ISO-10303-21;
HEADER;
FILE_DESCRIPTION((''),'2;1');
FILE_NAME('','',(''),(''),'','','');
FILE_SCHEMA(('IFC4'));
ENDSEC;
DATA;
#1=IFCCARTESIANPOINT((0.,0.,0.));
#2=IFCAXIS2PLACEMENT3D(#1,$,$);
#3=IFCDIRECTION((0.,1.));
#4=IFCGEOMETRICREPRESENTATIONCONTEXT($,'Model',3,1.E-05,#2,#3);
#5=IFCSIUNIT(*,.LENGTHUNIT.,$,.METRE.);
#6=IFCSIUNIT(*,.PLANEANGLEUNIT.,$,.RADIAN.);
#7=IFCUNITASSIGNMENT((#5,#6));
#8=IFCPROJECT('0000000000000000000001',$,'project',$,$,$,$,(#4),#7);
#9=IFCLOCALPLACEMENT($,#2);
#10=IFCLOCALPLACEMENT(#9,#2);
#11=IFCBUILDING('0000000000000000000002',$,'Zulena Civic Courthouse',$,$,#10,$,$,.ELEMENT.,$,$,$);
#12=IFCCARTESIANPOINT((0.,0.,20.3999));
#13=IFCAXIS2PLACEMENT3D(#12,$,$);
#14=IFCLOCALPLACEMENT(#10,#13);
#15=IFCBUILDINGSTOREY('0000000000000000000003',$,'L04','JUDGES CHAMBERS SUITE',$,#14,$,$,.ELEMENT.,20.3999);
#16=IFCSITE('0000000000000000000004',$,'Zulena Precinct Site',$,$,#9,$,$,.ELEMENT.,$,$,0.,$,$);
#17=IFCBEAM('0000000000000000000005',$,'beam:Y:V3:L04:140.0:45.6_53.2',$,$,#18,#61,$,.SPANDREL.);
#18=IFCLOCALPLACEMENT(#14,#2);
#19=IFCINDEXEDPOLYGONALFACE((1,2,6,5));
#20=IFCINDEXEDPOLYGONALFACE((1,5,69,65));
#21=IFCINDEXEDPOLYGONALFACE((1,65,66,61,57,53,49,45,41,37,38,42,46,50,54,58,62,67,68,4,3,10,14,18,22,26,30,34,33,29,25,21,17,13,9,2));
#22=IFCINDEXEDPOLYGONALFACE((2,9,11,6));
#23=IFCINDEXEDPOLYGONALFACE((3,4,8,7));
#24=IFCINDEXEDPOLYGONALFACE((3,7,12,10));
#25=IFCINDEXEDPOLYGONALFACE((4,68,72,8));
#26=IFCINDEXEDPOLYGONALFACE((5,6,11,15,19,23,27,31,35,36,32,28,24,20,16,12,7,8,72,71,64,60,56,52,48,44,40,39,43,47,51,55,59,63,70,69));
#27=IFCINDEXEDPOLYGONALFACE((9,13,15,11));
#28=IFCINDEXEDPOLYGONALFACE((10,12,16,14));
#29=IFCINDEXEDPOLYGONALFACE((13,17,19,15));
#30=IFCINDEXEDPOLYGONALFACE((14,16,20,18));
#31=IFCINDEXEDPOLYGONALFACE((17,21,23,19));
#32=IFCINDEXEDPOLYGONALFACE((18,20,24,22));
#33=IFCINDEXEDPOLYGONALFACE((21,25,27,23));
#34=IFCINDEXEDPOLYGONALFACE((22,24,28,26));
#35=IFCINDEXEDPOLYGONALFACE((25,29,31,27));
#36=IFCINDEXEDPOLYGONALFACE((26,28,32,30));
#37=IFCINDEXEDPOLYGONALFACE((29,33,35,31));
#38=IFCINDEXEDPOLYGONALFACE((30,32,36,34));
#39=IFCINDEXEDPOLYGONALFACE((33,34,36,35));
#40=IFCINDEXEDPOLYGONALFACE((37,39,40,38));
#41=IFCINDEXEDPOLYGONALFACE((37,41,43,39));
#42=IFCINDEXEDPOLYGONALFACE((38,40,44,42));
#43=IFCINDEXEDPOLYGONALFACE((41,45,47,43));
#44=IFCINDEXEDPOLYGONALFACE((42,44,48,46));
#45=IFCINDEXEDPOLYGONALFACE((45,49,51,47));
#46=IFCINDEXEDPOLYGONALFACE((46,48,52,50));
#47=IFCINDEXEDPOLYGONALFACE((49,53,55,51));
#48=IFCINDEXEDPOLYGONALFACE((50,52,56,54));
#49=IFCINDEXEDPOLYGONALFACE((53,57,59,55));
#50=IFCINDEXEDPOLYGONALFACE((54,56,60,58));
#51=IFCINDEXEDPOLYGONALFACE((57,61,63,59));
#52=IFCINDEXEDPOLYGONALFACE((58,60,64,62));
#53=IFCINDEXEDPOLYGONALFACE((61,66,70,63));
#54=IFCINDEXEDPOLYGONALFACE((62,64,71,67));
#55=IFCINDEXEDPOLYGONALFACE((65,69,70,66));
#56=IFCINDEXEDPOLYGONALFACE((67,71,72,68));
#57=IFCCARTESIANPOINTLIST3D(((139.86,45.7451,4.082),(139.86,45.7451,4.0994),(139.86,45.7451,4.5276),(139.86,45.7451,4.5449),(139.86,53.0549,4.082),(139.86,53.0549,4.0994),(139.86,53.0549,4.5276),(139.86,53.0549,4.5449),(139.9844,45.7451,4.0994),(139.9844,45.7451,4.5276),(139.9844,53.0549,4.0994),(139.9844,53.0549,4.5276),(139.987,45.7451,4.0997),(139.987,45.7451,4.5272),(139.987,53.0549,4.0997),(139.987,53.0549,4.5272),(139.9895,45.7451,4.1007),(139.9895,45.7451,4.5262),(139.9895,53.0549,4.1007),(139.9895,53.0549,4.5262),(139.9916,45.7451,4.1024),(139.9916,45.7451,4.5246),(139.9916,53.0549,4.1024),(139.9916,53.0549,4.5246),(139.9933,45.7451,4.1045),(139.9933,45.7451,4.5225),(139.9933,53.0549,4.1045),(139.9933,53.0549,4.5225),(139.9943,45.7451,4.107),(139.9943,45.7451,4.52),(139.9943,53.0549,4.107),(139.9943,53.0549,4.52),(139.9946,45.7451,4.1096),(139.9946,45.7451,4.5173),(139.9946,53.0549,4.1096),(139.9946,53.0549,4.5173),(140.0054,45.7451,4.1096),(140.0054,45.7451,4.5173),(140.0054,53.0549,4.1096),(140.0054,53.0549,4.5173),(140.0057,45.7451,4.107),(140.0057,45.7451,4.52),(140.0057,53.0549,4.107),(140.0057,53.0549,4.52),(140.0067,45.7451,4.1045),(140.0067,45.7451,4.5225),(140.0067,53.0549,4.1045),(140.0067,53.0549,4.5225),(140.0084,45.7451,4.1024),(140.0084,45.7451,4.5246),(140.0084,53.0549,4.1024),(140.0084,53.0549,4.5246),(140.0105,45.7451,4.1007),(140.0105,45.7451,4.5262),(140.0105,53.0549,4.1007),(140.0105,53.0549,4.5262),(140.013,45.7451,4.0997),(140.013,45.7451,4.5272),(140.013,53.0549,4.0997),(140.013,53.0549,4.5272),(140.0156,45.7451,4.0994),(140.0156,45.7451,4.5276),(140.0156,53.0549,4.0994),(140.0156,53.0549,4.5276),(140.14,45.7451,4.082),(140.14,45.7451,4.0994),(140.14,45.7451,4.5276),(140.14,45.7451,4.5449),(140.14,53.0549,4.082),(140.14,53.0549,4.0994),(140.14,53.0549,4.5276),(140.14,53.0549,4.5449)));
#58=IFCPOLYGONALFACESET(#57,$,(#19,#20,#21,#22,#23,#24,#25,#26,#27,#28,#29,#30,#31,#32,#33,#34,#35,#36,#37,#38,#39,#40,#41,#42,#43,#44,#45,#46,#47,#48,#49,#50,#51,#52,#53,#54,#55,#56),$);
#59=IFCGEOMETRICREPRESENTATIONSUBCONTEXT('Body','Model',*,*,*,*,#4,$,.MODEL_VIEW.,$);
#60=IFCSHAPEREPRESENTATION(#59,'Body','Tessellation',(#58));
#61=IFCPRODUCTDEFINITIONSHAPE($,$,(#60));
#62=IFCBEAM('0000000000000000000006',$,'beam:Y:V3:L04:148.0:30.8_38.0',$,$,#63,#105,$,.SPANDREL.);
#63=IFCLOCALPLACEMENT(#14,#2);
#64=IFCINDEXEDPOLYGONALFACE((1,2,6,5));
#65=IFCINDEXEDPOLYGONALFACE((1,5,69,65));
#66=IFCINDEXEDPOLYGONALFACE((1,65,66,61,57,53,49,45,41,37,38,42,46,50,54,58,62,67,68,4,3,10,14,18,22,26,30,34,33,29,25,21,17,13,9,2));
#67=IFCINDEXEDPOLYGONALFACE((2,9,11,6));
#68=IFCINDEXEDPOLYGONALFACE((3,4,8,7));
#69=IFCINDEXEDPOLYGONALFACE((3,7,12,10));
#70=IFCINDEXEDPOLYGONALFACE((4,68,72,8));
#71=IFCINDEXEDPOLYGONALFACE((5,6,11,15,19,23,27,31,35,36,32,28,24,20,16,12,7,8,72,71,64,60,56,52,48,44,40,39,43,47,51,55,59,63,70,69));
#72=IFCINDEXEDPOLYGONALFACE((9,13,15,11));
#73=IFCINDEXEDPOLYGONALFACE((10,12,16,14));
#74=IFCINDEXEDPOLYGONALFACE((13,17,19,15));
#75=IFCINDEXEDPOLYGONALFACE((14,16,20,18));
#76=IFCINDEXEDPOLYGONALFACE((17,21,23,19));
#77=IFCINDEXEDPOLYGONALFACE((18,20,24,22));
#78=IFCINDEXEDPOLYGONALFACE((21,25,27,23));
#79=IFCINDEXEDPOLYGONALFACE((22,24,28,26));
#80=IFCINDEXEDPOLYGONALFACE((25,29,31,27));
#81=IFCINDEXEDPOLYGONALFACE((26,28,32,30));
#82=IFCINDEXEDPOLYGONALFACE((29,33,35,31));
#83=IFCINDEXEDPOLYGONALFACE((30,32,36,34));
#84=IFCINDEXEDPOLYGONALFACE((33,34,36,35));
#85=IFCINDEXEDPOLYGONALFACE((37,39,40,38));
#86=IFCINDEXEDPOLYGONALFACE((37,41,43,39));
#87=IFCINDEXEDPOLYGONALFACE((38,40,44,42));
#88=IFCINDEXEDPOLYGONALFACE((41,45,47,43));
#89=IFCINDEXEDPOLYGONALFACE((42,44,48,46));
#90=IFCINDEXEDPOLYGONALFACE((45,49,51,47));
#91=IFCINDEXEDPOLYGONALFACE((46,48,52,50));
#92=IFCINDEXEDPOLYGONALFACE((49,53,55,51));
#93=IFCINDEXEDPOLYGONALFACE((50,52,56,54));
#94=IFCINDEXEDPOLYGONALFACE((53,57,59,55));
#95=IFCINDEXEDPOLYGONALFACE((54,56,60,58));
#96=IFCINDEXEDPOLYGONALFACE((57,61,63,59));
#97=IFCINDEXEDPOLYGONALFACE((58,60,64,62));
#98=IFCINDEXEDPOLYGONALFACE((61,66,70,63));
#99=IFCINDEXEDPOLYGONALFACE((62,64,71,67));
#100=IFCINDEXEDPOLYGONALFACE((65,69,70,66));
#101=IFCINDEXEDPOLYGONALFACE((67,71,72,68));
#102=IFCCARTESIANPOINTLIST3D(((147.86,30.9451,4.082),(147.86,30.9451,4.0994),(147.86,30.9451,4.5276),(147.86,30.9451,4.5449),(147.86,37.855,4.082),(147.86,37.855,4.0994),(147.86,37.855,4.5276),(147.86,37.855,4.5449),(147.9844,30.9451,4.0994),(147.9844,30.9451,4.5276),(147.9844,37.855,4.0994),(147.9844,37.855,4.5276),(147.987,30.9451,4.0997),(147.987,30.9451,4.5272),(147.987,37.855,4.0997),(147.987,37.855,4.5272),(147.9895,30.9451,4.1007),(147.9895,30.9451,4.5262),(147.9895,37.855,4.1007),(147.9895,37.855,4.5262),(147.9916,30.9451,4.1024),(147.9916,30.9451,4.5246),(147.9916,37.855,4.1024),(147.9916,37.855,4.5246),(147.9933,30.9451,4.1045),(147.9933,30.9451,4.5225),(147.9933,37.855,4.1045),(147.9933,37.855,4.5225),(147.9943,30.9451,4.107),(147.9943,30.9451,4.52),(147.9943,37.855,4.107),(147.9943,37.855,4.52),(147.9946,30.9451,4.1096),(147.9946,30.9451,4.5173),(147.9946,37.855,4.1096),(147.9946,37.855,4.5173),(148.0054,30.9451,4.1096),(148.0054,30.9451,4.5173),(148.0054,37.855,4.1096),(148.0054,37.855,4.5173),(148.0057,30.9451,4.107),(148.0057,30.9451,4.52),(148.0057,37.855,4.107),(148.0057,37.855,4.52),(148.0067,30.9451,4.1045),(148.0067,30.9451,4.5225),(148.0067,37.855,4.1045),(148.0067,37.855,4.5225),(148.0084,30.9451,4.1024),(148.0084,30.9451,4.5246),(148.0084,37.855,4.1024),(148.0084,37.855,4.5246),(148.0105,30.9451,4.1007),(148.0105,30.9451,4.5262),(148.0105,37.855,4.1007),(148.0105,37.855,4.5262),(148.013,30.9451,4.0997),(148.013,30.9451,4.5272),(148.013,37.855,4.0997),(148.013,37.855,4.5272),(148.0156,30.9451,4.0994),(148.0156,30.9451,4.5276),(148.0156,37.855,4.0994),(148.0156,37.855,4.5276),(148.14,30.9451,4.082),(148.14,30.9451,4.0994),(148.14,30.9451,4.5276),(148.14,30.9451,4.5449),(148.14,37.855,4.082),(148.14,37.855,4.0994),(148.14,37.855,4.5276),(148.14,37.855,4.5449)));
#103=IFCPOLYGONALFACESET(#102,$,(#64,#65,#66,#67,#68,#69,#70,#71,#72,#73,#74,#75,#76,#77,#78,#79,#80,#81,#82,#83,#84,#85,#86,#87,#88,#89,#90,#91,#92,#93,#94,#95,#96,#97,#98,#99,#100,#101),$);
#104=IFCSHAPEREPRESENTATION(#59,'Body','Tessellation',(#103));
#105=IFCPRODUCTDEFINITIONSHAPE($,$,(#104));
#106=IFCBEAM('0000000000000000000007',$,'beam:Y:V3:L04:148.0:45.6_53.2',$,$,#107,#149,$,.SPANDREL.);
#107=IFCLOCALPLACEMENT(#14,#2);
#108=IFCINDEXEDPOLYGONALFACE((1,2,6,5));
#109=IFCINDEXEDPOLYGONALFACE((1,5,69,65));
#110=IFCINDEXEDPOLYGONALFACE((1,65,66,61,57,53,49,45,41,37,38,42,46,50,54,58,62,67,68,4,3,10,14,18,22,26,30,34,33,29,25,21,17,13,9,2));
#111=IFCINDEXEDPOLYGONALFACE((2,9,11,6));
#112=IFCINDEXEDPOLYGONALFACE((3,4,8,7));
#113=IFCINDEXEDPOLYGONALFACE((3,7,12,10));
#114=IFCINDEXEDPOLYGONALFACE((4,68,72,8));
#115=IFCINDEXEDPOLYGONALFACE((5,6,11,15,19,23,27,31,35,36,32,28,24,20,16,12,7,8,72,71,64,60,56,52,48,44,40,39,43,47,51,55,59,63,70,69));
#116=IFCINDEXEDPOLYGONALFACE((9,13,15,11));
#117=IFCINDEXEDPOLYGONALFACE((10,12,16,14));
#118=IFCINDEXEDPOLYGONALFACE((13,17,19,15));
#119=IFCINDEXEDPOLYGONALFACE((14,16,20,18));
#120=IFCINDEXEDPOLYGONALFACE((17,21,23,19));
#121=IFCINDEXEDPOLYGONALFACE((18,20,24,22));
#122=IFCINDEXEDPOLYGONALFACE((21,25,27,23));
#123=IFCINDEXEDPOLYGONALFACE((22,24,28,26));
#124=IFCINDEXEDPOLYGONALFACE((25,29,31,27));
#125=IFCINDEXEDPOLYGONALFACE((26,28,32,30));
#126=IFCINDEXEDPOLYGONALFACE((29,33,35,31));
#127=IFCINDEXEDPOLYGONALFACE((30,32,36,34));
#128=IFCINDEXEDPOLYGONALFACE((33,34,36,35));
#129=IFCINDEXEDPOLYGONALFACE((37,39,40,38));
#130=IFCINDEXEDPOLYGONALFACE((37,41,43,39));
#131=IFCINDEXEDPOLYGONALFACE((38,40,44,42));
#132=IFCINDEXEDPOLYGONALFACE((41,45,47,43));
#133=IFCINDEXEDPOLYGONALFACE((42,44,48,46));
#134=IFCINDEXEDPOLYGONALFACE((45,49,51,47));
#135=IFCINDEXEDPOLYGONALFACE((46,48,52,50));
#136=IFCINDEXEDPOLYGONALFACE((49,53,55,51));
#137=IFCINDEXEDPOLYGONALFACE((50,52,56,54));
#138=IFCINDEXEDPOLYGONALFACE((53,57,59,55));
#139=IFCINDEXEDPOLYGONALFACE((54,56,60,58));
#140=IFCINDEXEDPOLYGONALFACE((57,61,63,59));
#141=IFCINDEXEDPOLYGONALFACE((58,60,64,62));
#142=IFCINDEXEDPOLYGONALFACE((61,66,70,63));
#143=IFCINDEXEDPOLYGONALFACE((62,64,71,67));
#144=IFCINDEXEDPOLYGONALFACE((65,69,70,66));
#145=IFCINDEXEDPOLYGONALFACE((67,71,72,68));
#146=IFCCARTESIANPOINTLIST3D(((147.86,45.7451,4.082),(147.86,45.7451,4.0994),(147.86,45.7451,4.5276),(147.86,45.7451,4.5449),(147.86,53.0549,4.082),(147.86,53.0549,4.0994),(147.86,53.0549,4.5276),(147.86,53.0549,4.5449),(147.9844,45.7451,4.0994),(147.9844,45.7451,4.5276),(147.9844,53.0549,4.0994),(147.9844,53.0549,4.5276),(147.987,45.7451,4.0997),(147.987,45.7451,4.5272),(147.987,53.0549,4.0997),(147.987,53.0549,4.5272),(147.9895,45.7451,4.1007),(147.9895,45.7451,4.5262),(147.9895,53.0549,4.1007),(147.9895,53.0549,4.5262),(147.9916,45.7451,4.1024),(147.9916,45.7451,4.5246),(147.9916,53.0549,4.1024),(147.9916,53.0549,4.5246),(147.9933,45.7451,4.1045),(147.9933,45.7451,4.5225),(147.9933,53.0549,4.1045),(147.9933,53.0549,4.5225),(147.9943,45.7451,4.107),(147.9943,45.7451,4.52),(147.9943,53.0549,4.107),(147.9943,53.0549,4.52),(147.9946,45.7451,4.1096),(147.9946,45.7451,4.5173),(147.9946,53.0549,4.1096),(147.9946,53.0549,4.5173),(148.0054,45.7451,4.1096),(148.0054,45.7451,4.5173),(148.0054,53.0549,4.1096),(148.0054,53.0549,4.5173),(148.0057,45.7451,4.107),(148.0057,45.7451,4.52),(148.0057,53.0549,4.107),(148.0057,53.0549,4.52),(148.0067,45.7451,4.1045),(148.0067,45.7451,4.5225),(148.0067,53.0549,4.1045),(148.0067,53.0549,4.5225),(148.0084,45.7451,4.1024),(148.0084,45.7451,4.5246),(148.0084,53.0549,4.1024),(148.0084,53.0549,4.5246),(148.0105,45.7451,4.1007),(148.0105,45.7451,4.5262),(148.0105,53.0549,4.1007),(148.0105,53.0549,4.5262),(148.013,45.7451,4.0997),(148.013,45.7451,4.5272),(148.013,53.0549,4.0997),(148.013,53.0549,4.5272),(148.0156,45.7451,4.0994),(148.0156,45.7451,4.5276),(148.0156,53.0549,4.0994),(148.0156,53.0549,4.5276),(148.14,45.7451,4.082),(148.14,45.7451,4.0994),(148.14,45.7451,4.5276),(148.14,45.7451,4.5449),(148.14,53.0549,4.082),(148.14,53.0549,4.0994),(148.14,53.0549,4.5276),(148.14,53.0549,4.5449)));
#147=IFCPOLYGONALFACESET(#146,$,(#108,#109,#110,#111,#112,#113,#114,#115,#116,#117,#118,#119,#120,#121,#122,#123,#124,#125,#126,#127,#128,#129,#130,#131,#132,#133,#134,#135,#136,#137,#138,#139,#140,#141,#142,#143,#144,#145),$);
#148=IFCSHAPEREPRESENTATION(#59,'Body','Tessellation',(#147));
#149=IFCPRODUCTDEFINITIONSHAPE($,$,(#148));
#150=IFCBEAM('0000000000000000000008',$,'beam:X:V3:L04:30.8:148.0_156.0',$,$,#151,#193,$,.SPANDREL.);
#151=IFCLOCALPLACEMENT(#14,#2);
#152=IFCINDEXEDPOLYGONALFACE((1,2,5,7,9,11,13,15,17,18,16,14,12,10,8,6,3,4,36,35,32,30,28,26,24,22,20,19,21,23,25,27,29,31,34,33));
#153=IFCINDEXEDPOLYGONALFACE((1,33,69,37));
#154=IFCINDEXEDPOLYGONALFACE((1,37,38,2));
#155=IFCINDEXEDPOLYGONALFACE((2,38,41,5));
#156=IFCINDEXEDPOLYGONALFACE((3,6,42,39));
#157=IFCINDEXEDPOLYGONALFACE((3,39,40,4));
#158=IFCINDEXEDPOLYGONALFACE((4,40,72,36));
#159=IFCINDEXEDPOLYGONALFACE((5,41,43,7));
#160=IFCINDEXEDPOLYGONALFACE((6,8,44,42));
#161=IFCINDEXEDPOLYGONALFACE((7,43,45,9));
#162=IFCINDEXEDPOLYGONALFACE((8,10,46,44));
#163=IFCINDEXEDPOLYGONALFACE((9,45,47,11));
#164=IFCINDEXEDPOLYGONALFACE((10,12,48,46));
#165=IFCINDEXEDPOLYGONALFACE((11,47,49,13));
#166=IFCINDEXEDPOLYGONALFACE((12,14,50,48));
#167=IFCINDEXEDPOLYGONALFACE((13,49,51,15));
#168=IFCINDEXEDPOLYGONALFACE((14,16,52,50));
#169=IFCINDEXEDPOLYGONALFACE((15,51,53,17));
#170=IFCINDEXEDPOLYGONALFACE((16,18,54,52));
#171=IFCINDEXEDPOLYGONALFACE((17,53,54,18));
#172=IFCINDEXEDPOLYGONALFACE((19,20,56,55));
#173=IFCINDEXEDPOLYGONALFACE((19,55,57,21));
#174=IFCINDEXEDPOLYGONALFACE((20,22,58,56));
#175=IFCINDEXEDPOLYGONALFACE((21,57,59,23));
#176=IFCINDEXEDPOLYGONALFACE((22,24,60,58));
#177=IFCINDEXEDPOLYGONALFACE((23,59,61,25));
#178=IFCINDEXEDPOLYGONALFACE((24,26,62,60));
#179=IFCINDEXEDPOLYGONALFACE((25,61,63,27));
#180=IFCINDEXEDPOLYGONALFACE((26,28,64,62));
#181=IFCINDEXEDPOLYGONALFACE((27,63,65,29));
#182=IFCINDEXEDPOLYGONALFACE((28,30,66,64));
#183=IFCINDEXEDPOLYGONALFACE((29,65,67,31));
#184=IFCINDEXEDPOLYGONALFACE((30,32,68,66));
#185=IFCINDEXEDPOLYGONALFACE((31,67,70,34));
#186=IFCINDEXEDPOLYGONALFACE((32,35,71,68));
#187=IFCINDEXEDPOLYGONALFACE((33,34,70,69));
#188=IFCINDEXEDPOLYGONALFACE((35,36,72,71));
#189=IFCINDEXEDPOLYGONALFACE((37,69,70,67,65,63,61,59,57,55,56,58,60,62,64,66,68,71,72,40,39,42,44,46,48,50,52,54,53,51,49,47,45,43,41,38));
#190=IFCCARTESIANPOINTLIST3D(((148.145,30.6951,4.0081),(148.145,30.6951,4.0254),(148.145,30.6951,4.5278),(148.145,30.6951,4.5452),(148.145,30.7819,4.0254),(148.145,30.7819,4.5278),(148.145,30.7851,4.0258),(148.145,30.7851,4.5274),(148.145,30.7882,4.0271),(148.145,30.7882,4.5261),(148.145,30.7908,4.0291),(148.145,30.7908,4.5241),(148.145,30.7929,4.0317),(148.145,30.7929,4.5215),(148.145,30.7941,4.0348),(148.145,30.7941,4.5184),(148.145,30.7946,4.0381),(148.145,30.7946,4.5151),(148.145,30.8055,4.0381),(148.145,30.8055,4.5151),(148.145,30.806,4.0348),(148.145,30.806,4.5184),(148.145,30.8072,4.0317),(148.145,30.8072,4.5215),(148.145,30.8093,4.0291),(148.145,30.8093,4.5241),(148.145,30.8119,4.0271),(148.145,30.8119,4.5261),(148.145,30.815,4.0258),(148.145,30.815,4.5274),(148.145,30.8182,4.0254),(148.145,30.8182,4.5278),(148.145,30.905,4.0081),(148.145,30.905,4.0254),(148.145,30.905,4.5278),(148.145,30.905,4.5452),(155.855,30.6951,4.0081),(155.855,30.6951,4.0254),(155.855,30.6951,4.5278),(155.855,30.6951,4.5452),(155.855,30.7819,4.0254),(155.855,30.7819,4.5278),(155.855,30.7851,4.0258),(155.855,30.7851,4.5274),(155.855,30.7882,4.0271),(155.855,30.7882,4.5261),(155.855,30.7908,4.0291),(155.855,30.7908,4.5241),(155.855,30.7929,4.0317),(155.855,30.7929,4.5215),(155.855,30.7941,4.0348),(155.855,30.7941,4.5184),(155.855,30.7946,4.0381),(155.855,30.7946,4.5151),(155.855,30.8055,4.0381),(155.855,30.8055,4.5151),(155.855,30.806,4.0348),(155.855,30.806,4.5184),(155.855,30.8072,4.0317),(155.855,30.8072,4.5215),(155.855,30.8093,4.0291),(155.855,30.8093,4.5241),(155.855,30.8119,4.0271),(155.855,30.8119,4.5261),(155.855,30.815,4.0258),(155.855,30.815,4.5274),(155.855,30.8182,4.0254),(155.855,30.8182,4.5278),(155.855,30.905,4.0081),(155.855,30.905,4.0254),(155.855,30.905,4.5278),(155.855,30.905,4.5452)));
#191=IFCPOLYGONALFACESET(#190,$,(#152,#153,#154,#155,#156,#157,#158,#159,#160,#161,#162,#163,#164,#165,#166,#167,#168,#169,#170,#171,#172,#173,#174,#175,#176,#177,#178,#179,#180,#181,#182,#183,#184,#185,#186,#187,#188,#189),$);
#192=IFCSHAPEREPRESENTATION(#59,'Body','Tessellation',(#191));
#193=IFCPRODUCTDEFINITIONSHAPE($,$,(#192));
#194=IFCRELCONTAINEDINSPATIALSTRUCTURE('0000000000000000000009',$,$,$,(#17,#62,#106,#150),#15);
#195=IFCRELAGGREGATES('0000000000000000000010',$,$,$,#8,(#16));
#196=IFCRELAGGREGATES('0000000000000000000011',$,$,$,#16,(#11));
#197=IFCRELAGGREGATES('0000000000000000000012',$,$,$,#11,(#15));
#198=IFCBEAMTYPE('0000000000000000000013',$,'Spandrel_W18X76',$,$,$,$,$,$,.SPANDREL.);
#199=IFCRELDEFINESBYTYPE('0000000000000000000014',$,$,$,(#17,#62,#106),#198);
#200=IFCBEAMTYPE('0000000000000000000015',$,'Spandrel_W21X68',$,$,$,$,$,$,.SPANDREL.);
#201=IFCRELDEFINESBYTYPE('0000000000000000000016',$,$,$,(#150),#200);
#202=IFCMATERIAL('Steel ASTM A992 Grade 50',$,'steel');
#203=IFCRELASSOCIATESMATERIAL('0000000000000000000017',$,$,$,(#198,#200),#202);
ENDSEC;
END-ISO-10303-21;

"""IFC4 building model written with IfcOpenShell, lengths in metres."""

from ifc_helpers import new_model, si_unit, direction, frame, origin, origin_2d, place, context, subcontext, project, spatial, i_section, extrude, material, material_profile, profile_set, type_object, element, save


model = new_model("IFC4")

# Units and contexts
model_context = context("Model", 3, precision=1e-05, world=origin(), true_north=direction((0.0, 1.0)))
body_context = subcontext(model_context, "Body", "Model", "MODEL_VIEW")
ifc_project = project(units=[si_unit("LENGTHUNIT", "METRE"), si_unit("PLANEANGLEUNIT", "RADIAN")], contexts=[model_context])

# Site, building, storey
site_placement = place(None, origin())
site = spatial("IfcSite", under=ifc_project, at=site_placement, Name="Zulena Precinct Site", CompositionType="ELEMENT", RefElevation=0.0)
building_placement = place(site_placement, origin())
building = spatial("IfcBuilding", under=site, at=building_placement, Name="Zulena Civic Courthouse", CompositionType="ELEMENT")
storey_placement = place(building_placement, frame((0.0, 0.0, 20.3999)))
storey = spatial("IfcBuildingStorey", under=building, at=storey_placement, Name="L04", Description="JUDGES CHAMBERS SUITE", CompositionType="ELEMENT", Elevation=20.3999)

# Shared definitions
ifc_material_1 = material(Name="Steel ASTM A992 Grade 50", Category="steel")

# Beams
ifc_material_profile_1 = material_profile(ifc_material_1, i_section(OverallWidth=0.28, OverallDepth=0.4629, WebThickness=0.0107, FlangeThickness=0.0173, FilletRadius=0.0103, at=origin_2d()), Name="W18X76")
ifc_profile_set_1 = profile_set([ifc_material_profile_1], Name="Steel ASTM A992 Grade 50")
beam_type_1 = type_object("IfcBeamType", Name="Spandrel_W18X76", PredefinedType="SPANDREL", material=ifc_profile_set_1)
beam_1_placement = place(storey_placement, frame((140.0, 45.7451, 4.3135), z_axis=(0.0, 1.0, 0.0), x_axis=(-1.0, 0.0, 0.0)))
element("IfcBeam", 1, at=beam_1_placement, inside=storey, type_object=beam_type_1, Name="beam:Y:V3:L04:140.0:45.6_53.2", PredefinedType="SPANDREL", context=body_context, shape_type="SweptSolid", body=[
    extrude(i_section(OverallWidth=0.28, OverallDepth=0.4629, WebThickness=0.0107, FlangeThickness=0.0173, FilletRadius=0.0103, at=origin_2d()), origin(), (0.0, 0.0, 1.0), 7.3098),
])
beam_2_placement = place(storey_placement, frame((148.0, 30.9451, 4.3135), z_axis=(0.0, 1.0, 0.0), x_axis=(-1.0, 0.0, 0.0)))
element("IfcBeam", 2, at=beam_2_placement, inside=storey, type_object=beam_type_1, Name="beam:Y:V3:L04:148.0:30.8_38.0", PredefinedType="SPANDREL", context=body_context, shape_type="SweptSolid", body=[
    extrude(i_section(OverallWidth=0.28, OverallDepth=0.4629, WebThickness=0.0107, FlangeThickness=0.0173, FilletRadius=0.0103, at=origin_2d()), origin(), (0.0, 0.0, 1.0), 6.9099),
])
beam_3_placement = place(storey_placement, frame((148.0, 45.7451, 4.3135), z_axis=(0.0, 1.0, 0.0), x_axis=(-1.0, 0.0, 0.0)))
element("IfcBeam", 3, at=beam_3_placement, inside=storey, type_object=beam_type_1, Name="beam:Y:V3:L04:148.0:45.6_53.2", PredefinedType="SPANDREL", context=body_context, shape_type="SweptSolid", body=[
    extrude(i_section(OverallWidth=0.28, OverallDepth=0.4629, WebThickness=0.0107, FlangeThickness=0.0173, FilletRadius=0.0103, at=origin_2d()), origin(), (0.0, 0.0, 1.0), 7.3098),
])
ifc_material_profile_2 = material_profile(ifc_material_1, i_section(OverallWidth=0.21, OverallDepth=0.5371, WebThickness=0.011, FlangeThickness=0.0173, FilletRadius=0.0127, at=origin_2d()), Name="W21X68")
ifc_profile_set_2 = profile_set([ifc_material_profile_2], Name="Steel ASTM A992 Grade 50")
beam_type_2 = type_object("IfcBeamType", Name="Spandrel_W21X68", PredefinedType="SPANDREL", material=ifc_profile_set_2)
for number, where, z_axis, x_axis, name in (
    (4, (148.145, 30.8, 4.2766), (1.0, 0.0, 0.0), (0.0, 1.0, 0.0), "beam:X:V3:L04:30.8:148.0_156.0"),
):
    element("IfcBeam", number, at=place(storey_placement, frame(where, z_axis=z_axis, x_axis=x_axis)), inside=storey, type_object=beam_type_2, Name=name, PredefinedType="SPANDREL", context=body_context, shape_type="SweptSolid", body=[
        extrude(i_section(OverallWidth=0.21, OverallDepth=0.5371, WebThickness=0.011, FlangeThickness=0.0173, FilletRadius=0.0127, at=origin_2d()), origin(), (0.0, 0.0, 1.0), 7.71),
    ])

save(model, "model.ifc")
